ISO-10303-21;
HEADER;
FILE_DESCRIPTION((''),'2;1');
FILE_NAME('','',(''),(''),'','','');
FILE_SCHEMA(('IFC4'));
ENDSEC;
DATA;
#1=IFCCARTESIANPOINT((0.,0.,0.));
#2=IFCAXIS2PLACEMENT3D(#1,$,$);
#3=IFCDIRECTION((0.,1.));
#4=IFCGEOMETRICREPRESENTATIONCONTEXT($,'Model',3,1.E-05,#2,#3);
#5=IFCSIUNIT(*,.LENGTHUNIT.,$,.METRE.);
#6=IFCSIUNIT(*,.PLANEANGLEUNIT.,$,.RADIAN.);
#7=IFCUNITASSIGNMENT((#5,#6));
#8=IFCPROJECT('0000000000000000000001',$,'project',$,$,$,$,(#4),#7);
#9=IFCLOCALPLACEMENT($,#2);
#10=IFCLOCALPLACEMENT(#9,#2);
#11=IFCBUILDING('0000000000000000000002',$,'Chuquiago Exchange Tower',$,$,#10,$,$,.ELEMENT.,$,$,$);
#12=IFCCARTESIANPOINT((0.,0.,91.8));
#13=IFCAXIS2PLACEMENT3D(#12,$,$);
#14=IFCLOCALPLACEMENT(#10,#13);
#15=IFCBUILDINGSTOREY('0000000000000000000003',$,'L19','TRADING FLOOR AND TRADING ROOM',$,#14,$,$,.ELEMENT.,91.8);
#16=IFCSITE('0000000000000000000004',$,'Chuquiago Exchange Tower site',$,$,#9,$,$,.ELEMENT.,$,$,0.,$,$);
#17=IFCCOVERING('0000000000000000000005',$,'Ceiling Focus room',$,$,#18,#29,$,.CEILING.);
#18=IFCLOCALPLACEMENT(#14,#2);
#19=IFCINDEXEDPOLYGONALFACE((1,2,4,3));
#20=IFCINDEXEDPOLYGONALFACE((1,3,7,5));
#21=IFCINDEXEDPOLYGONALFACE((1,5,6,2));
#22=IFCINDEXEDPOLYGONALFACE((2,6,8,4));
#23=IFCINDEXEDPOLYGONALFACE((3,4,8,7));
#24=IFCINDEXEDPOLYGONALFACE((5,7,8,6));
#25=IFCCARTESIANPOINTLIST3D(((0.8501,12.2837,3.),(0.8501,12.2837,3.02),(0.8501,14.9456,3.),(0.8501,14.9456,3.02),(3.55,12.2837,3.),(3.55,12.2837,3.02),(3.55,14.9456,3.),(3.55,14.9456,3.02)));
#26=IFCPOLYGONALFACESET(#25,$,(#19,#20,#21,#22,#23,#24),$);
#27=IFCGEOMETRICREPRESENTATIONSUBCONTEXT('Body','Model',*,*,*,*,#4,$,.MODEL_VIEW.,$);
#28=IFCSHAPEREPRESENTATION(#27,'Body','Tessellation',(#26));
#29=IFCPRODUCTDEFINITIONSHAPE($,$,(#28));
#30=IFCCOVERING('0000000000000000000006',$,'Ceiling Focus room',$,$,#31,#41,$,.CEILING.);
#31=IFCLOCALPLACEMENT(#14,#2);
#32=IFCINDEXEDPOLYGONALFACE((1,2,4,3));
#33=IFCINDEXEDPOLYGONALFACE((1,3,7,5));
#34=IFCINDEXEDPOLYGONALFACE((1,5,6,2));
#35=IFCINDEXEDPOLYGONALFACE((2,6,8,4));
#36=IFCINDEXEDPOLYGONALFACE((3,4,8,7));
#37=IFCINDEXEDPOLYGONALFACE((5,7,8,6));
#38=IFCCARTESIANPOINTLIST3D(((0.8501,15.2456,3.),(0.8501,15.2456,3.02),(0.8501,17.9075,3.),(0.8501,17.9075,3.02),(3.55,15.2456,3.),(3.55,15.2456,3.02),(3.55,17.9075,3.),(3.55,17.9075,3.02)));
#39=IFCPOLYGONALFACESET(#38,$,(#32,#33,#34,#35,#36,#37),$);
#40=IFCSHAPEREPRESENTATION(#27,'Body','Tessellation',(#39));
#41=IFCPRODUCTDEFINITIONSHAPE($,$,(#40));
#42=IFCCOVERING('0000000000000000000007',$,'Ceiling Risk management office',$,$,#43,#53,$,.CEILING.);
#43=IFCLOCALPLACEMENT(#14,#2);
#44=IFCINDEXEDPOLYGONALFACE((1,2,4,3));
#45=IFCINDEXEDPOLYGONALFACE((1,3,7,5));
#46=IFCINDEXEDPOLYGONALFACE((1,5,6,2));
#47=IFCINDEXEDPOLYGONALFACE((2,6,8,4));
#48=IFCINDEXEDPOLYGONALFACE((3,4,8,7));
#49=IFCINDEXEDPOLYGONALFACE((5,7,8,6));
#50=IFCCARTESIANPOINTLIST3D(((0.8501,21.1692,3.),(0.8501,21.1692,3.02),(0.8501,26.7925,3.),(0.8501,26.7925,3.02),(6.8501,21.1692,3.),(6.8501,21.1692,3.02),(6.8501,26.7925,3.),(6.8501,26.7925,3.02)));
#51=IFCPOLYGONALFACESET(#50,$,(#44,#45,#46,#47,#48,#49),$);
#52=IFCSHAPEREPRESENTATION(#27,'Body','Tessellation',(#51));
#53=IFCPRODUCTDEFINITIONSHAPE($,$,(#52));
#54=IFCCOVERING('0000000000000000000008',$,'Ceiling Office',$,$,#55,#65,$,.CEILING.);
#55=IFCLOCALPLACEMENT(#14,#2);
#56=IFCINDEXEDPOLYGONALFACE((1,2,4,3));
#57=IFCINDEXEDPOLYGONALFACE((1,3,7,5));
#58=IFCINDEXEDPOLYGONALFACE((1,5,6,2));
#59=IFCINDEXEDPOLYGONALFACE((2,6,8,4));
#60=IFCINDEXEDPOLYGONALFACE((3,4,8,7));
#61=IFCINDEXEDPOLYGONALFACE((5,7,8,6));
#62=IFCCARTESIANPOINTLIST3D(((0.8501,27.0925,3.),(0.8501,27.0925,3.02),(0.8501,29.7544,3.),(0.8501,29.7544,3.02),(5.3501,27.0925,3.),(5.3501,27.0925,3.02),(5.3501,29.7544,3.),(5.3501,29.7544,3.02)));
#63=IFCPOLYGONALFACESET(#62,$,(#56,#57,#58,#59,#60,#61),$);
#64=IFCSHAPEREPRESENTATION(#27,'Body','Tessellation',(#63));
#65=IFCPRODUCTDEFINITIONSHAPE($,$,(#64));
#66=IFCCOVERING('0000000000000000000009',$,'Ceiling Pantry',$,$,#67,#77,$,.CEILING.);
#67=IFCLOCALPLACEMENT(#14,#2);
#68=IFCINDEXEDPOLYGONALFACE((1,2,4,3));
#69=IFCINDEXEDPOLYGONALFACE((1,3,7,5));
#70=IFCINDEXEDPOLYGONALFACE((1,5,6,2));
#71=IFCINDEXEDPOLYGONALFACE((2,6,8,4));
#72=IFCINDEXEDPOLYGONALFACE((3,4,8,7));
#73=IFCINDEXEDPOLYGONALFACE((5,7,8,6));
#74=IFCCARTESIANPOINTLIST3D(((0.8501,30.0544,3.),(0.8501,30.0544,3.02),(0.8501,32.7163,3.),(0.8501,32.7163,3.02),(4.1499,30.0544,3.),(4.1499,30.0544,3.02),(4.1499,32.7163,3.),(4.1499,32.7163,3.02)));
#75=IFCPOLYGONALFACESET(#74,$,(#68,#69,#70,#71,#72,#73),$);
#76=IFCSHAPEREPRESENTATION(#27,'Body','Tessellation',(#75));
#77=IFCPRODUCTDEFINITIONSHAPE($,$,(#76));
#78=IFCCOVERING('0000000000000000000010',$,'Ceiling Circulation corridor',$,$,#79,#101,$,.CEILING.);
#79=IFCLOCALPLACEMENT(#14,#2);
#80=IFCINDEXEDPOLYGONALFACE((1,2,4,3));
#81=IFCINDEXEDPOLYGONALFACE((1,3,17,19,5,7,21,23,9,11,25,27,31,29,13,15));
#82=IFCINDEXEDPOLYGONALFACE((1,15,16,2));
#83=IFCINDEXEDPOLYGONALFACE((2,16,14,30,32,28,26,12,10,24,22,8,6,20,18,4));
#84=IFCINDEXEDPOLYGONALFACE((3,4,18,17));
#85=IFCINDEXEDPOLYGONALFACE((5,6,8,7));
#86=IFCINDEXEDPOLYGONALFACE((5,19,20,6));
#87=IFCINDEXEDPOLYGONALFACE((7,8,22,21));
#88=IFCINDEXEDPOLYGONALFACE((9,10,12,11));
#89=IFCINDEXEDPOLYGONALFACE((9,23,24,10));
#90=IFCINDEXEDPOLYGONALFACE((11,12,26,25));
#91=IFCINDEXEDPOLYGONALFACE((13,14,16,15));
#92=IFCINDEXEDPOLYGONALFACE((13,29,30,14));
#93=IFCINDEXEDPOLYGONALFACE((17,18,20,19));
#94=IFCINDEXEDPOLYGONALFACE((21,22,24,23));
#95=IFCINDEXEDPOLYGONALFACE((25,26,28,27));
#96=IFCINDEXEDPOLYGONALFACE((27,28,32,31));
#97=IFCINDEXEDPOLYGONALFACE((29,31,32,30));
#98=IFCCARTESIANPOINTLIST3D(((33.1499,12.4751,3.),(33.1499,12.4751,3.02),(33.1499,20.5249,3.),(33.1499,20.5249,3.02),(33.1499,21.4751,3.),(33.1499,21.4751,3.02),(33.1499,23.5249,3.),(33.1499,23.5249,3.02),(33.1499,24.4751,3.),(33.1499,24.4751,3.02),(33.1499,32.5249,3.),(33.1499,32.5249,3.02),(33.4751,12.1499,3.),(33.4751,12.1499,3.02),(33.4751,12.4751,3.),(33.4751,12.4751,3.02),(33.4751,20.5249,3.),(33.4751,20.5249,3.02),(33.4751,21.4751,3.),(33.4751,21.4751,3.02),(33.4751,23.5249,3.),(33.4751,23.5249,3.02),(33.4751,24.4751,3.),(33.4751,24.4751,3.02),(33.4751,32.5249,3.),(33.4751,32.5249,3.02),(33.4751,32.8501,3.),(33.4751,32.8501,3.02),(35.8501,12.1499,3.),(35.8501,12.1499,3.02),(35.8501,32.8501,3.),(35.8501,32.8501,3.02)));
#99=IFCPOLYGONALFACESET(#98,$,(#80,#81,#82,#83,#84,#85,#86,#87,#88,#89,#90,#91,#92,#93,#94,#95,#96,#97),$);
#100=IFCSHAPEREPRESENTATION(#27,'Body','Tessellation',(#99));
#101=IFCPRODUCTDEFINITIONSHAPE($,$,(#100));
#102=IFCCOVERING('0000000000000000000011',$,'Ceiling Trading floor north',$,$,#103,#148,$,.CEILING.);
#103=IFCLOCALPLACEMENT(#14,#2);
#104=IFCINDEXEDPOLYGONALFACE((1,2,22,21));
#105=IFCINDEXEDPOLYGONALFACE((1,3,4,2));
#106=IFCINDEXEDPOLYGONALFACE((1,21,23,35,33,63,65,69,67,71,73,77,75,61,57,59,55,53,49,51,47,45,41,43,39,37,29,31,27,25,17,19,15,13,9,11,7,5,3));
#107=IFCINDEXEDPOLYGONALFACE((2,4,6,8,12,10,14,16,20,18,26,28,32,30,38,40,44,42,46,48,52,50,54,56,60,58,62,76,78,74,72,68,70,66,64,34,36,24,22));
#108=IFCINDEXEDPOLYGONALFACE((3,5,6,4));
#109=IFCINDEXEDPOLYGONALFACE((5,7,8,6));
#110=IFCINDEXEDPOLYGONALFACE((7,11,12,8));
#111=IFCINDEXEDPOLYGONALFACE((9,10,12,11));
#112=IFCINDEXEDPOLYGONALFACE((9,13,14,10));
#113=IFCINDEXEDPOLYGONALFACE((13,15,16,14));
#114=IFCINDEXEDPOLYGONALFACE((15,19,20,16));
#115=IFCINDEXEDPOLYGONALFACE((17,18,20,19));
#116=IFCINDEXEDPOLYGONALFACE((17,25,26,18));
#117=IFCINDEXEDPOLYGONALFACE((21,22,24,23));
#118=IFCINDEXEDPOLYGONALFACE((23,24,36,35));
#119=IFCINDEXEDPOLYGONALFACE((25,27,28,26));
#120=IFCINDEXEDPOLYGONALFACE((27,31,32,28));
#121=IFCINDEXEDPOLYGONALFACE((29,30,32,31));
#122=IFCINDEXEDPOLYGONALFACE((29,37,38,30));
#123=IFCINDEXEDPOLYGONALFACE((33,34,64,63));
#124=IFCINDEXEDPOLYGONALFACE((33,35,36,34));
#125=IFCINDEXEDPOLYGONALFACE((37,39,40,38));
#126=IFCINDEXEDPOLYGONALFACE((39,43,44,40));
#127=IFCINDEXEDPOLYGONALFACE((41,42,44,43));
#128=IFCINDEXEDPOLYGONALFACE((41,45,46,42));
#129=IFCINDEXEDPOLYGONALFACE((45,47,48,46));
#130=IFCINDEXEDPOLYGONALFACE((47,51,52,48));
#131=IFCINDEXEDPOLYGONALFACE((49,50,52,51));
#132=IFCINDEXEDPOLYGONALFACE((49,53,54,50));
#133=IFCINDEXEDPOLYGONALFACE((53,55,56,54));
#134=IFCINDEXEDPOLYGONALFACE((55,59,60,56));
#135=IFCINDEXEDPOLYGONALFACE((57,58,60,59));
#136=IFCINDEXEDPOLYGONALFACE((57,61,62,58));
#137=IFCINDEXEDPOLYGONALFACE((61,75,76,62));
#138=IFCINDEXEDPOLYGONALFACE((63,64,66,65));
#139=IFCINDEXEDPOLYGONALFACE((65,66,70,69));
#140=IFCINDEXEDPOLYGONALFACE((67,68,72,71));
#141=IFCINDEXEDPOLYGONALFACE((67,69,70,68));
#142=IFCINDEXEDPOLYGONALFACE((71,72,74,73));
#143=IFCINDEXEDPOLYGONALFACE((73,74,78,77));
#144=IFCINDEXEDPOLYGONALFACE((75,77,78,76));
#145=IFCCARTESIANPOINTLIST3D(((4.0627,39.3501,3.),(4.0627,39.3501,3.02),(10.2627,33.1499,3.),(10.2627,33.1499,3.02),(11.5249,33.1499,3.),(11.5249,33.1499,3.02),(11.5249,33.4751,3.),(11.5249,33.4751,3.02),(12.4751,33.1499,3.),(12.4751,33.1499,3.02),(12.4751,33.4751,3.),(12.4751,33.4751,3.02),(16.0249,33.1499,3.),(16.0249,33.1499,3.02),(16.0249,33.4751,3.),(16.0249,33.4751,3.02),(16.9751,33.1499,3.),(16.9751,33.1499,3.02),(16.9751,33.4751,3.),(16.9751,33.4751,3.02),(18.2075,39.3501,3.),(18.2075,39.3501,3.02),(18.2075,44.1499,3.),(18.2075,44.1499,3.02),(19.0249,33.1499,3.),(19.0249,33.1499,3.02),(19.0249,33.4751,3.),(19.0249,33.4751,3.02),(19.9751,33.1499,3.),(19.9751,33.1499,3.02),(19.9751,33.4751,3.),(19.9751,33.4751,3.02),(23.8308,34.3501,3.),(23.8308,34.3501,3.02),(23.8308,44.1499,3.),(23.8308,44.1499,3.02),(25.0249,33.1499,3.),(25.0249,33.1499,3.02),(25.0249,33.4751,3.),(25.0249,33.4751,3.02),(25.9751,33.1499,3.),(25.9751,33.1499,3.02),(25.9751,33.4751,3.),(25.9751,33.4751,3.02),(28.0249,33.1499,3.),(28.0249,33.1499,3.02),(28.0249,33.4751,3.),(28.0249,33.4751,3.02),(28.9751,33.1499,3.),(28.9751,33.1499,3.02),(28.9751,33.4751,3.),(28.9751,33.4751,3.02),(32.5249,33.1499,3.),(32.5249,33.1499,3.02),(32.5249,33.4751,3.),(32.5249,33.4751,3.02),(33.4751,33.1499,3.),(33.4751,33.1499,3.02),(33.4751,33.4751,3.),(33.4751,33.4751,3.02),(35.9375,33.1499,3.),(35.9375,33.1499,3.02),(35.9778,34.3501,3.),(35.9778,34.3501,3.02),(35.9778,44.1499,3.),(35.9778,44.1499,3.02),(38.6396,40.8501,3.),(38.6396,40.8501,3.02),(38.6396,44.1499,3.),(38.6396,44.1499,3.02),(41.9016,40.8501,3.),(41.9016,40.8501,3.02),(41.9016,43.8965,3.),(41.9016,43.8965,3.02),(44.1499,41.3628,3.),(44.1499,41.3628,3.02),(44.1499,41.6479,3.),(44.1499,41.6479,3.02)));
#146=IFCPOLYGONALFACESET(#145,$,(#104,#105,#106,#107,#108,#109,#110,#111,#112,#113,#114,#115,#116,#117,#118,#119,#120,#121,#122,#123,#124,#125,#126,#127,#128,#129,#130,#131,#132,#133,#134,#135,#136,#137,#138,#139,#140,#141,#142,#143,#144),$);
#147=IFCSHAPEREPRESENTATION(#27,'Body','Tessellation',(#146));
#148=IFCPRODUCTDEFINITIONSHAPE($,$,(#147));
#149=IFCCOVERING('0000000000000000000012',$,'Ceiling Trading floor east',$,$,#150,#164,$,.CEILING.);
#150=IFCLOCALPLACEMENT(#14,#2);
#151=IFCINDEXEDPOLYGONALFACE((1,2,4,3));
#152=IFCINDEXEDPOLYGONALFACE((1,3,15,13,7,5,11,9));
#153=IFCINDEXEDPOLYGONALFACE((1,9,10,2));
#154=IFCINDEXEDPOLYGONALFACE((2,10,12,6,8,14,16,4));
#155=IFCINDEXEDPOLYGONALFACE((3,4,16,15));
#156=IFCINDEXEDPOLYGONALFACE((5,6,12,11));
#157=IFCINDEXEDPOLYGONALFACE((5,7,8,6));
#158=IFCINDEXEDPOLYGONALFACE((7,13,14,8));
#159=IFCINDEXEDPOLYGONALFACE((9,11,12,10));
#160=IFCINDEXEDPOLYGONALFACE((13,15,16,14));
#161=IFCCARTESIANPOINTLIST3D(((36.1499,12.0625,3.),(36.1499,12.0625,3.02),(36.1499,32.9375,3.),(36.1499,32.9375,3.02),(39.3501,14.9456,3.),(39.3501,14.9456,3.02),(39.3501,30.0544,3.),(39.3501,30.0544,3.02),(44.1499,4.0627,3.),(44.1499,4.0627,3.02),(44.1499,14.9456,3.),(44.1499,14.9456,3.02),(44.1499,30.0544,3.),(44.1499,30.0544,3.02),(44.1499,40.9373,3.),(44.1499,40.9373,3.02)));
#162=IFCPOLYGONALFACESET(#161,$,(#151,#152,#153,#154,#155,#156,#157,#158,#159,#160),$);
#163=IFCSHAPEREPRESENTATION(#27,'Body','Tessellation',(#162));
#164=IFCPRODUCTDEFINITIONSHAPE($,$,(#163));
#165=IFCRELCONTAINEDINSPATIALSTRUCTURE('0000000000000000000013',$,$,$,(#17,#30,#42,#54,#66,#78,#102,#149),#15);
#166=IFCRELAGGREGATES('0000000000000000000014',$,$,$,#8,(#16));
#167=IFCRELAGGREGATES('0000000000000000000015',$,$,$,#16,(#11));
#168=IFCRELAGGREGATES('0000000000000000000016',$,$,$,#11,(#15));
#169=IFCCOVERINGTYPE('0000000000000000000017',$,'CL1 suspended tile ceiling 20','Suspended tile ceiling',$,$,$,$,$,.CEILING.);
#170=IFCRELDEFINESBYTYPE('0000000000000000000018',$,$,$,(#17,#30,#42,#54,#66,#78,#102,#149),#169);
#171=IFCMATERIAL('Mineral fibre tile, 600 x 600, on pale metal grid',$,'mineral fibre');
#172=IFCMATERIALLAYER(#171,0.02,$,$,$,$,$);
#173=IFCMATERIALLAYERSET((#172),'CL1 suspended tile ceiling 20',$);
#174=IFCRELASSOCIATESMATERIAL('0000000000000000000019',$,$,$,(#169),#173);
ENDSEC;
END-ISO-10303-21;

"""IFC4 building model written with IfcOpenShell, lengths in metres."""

from ifc_helpers import new_model, si_unit, direction, frame, origin, place, context, subcontext, project, spatial, polyline, outline, extrude, material, layer, layer_set, type_object, element, save


model = new_model("IFC4")

# Units and contexts
model_context = context("Model", 3, precision=1e-05, world=origin(), true_north=direction((0.0, 1.0)))
body_context = subcontext(model_context, "Body", "Model", "MODEL_VIEW")
ifc_project = project(units=[si_unit("LENGTHUNIT", "METRE"), si_unit("PLANEANGLEUNIT", "RADIAN")], contexts=[model_context])

# Site, building, storey
site_placement = place(None, origin())
site = spatial("IfcSite", under=ifc_project, at=site_placement, Name="Chuquiago Exchange Tower site", CompositionType="ELEMENT", RefElevation=0.0)
building_placement = place(site_placement, origin())
building = spatial("IfcBuilding", under=site, at=building_placement, Name="Chuquiago Exchange Tower", CompositionType="ELEMENT")
storey_placement = place(building_placement, frame((0.0, 0.0, 91.8)))
storey = spatial("IfcBuildingStorey", under=building, at=storey_placement, Name="L19", Description="TRADING FLOOR AND TRADING ROOM", CompositionType="ELEMENT", Elevation=91.8)

# Coverings
ifc_material_1 = material(Name="Mineral fibre tile, 600 x 600, on pale metal grid", Category="mineral fibre")
ifc_layer_1 = layer(ifc_material_1, 0.02)
ifc_layer_set_1 = layer_set([ifc_layer_1], Name="CL1 suspended tile ceiling 20")
covering_type_1 = type_object("IfcCoveringType", Name="CL1 suspended tile ceiling 20", Description="Suspended tile ceiling", PredefinedType="CEILING", material=ifc_layer_set_1)
covering_1_placement = place(storey_placement, frame((0.0, 0.0, 3.0)))
element("IfcCovering", 1, at=covering_1_placement, inside=storey, type_object=covering_type_1, Name="Ceiling Focus room", PredefinedType="CEILING", context=body_context, shape_type="SweptSolid", body=[
    extrude(outline(polyline([(3.55, 14.9456), (3.55, 12.2837), (0.8501, 12.2837), (0.8501, 14.9456), (3.55, 14.9456)])), origin(), (0.0, 0.0, 1.0), 0.02),
])
covering_2_placement = place(storey_placement, frame((0.0, 0.0, 3.0)))
element("IfcCovering", 2, at=covering_2_placement, inside=storey, type_object=covering_type_1, Name="Ceiling Focus room", PredefinedType="CEILING", context=body_context, shape_type="SweptSolid", body=[
    extrude(outline(polyline([(3.55, 17.9075), (3.55, 15.2456), (0.8501, 15.2456), (0.8501, 17.9075), (3.55, 17.9075)])), origin(), (0.0, 0.0, 1.0), 0.02),
])
covering_3_placement = place(storey_placement, frame((0.0, 0.0, 3.0)))
element("IfcCovering", 3, at=covering_3_placement, inside=storey, type_object=covering_type_1, Name="Ceiling Risk management office", PredefinedType="CEILING", context=body_context, shape_type="SweptSolid", body=[
    extrude(outline(polyline([(6.8501, 26.7925), (6.8501, 21.1692), (0.8501, 21.1692), (0.8501, 26.7925), (6.8501, 26.7925)])), origin(), (0.0, 0.0, 1.0), 0.02),
])
covering_4_placement = place(storey_placement, frame((0.0, 0.0, 3.0)))
element("IfcCovering", 4, at=covering_4_placement, inside=storey, type_object=covering_type_1, Name="Ceiling Office", PredefinedType="CEILING", context=body_context, shape_type="SweptSolid", body=[
    extrude(outline(polyline([(5.3501, 29.7544), (5.3501, 27.0925), (0.8501, 27.0925), (0.8501, 29.7544), (5.3501, 29.7544)])), origin(), (0.0, 0.0, 1.0), 0.02),
])
covering_5_placement = place(storey_placement, frame((0.0, 0.0, 3.0)))
element("IfcCovering", 5, at=covering_5_placement, inside=storey, type_object=covering_type_1, Name="Ceiling Pantry", PredefinedType="CEILING", context=body_context, shape_type="SweptSolid", body=[
    extrude(outline(polyline([(4.1499, 32.7163), (4.1499, 30.0544), (0.8501, 30.0544), (0.8501, 32.7163), (4.1499, 32.7163)])), origin(), (0.0, 0.0, 1.0), 0.02),
])
covering_6_placement = place(storey_placement, frame((0.0, 0.0, 3.0)))
element("IfcCovering", 6, at=covering_6_placement, inside=storey, type_object=covering_type_1, Name="Ceiling Circulation corridor", PredefinedType="CEILING", context=body_context, shape_type="SweptSolid", body=[
    extrude(outline(polyline([(35.8501, 32.8501), (35.8501, 12.1499), (33.4751, 12.1499), (33.4751, 12.4751), (33.1499, 12.4751), (33.1499, 20.5249), (33.4751, 20.5249), (33.4751, 21.4751), (33.1499, 21.4751), (33.1499, 23.5249), (33.4751, 23.5249), (33.4751, 24.4751), (33.1499, 24.4751), (33.1499, 32.5249), (33.4751, 32.5249), (33.4751, 32.8501), (35.8501, 32.8501)])), origin(), (0.0, 0.0, 1.0), 0.02),
])
covering_7_placement = place(storey_placement, frame((0.0, 0.0, 3.0)))
element("IfcCovering", 7, at=covering_7_placement, inside=storey, type_object=covering_type_1, Name="Ceiling Trading floor north", PredefinedType="CEILING", context=body_context, shape_type="SweptSolid", body=[
    extrude(outline(polyline([(18.2075, 39.3501), (18.2075, 44.1499), (23.8308, 44.1499), (23.8308, 34.3501), (35.9778, 34.3501), (35.9778, 44.1499), (38.6396, 44.1499), (38.6396, 40.8501), (41.9016, 40.8501), (41.9016, 43.8965), (44.1499, 41.6479), (44.1499, 41.3628), (35.9375, 33.1499), (33.4751, 33.1499), (33.4751, 33.4751), (32.5249, 33.4751), (32.5249, 33.1499), (28.9751, 33.1499), (28.9751, 33.4751), (28.0249, 33.4751), (28.0249, 33.1499), (25.9751, 33.1499), (25.9751, 33.4751), (25.0249, 33.4751), (25.0249, 33.1499), (19.9751, 33.1499), (19.9751, 33.4751), (19.0249, 33.4751), (19.0249, 33.1499), (16.9751, 33.1499), (16.9751, 33.4751), (16.0249, 33.4751), (16.0249, 33.1499), (12.4751, 33.1499), (12.4751, 33.4751), (11.5249, 33.4751), (11.5249, 33.1499), (10.2627, 33.1499), (4.0627, 39.3501), (18.2075, 39.3501)])), origin(), (0.0, 0.0, 1.0), 0.02),
])
covering_8_placement = place(storey_placement, frame((0.0, 0.0, 3.0)))
element("IfcCovering", 8, at=covering_8_placement, inside=storey, type_object=covering_type_1, Name="Ceiling Trading floor east", PredefinedType="CEILING", context=body_context, shape_type="SweptSolid", body=[
    extrude(outline(polyline([(39.3501, 30.0544), (39.3501, 14.9456), (44.1499, 14.9456), (44.1499, 4.0627), (36.1499, 12.0625), (36.1499, 32.9375), (44.1499, 40.9373), (44.1499, 30.0544), (39.3501, 30.0544)])), origin(), (0.0, 0.0, 1.0), 0.02),
])

save(model, "model.ifc")
